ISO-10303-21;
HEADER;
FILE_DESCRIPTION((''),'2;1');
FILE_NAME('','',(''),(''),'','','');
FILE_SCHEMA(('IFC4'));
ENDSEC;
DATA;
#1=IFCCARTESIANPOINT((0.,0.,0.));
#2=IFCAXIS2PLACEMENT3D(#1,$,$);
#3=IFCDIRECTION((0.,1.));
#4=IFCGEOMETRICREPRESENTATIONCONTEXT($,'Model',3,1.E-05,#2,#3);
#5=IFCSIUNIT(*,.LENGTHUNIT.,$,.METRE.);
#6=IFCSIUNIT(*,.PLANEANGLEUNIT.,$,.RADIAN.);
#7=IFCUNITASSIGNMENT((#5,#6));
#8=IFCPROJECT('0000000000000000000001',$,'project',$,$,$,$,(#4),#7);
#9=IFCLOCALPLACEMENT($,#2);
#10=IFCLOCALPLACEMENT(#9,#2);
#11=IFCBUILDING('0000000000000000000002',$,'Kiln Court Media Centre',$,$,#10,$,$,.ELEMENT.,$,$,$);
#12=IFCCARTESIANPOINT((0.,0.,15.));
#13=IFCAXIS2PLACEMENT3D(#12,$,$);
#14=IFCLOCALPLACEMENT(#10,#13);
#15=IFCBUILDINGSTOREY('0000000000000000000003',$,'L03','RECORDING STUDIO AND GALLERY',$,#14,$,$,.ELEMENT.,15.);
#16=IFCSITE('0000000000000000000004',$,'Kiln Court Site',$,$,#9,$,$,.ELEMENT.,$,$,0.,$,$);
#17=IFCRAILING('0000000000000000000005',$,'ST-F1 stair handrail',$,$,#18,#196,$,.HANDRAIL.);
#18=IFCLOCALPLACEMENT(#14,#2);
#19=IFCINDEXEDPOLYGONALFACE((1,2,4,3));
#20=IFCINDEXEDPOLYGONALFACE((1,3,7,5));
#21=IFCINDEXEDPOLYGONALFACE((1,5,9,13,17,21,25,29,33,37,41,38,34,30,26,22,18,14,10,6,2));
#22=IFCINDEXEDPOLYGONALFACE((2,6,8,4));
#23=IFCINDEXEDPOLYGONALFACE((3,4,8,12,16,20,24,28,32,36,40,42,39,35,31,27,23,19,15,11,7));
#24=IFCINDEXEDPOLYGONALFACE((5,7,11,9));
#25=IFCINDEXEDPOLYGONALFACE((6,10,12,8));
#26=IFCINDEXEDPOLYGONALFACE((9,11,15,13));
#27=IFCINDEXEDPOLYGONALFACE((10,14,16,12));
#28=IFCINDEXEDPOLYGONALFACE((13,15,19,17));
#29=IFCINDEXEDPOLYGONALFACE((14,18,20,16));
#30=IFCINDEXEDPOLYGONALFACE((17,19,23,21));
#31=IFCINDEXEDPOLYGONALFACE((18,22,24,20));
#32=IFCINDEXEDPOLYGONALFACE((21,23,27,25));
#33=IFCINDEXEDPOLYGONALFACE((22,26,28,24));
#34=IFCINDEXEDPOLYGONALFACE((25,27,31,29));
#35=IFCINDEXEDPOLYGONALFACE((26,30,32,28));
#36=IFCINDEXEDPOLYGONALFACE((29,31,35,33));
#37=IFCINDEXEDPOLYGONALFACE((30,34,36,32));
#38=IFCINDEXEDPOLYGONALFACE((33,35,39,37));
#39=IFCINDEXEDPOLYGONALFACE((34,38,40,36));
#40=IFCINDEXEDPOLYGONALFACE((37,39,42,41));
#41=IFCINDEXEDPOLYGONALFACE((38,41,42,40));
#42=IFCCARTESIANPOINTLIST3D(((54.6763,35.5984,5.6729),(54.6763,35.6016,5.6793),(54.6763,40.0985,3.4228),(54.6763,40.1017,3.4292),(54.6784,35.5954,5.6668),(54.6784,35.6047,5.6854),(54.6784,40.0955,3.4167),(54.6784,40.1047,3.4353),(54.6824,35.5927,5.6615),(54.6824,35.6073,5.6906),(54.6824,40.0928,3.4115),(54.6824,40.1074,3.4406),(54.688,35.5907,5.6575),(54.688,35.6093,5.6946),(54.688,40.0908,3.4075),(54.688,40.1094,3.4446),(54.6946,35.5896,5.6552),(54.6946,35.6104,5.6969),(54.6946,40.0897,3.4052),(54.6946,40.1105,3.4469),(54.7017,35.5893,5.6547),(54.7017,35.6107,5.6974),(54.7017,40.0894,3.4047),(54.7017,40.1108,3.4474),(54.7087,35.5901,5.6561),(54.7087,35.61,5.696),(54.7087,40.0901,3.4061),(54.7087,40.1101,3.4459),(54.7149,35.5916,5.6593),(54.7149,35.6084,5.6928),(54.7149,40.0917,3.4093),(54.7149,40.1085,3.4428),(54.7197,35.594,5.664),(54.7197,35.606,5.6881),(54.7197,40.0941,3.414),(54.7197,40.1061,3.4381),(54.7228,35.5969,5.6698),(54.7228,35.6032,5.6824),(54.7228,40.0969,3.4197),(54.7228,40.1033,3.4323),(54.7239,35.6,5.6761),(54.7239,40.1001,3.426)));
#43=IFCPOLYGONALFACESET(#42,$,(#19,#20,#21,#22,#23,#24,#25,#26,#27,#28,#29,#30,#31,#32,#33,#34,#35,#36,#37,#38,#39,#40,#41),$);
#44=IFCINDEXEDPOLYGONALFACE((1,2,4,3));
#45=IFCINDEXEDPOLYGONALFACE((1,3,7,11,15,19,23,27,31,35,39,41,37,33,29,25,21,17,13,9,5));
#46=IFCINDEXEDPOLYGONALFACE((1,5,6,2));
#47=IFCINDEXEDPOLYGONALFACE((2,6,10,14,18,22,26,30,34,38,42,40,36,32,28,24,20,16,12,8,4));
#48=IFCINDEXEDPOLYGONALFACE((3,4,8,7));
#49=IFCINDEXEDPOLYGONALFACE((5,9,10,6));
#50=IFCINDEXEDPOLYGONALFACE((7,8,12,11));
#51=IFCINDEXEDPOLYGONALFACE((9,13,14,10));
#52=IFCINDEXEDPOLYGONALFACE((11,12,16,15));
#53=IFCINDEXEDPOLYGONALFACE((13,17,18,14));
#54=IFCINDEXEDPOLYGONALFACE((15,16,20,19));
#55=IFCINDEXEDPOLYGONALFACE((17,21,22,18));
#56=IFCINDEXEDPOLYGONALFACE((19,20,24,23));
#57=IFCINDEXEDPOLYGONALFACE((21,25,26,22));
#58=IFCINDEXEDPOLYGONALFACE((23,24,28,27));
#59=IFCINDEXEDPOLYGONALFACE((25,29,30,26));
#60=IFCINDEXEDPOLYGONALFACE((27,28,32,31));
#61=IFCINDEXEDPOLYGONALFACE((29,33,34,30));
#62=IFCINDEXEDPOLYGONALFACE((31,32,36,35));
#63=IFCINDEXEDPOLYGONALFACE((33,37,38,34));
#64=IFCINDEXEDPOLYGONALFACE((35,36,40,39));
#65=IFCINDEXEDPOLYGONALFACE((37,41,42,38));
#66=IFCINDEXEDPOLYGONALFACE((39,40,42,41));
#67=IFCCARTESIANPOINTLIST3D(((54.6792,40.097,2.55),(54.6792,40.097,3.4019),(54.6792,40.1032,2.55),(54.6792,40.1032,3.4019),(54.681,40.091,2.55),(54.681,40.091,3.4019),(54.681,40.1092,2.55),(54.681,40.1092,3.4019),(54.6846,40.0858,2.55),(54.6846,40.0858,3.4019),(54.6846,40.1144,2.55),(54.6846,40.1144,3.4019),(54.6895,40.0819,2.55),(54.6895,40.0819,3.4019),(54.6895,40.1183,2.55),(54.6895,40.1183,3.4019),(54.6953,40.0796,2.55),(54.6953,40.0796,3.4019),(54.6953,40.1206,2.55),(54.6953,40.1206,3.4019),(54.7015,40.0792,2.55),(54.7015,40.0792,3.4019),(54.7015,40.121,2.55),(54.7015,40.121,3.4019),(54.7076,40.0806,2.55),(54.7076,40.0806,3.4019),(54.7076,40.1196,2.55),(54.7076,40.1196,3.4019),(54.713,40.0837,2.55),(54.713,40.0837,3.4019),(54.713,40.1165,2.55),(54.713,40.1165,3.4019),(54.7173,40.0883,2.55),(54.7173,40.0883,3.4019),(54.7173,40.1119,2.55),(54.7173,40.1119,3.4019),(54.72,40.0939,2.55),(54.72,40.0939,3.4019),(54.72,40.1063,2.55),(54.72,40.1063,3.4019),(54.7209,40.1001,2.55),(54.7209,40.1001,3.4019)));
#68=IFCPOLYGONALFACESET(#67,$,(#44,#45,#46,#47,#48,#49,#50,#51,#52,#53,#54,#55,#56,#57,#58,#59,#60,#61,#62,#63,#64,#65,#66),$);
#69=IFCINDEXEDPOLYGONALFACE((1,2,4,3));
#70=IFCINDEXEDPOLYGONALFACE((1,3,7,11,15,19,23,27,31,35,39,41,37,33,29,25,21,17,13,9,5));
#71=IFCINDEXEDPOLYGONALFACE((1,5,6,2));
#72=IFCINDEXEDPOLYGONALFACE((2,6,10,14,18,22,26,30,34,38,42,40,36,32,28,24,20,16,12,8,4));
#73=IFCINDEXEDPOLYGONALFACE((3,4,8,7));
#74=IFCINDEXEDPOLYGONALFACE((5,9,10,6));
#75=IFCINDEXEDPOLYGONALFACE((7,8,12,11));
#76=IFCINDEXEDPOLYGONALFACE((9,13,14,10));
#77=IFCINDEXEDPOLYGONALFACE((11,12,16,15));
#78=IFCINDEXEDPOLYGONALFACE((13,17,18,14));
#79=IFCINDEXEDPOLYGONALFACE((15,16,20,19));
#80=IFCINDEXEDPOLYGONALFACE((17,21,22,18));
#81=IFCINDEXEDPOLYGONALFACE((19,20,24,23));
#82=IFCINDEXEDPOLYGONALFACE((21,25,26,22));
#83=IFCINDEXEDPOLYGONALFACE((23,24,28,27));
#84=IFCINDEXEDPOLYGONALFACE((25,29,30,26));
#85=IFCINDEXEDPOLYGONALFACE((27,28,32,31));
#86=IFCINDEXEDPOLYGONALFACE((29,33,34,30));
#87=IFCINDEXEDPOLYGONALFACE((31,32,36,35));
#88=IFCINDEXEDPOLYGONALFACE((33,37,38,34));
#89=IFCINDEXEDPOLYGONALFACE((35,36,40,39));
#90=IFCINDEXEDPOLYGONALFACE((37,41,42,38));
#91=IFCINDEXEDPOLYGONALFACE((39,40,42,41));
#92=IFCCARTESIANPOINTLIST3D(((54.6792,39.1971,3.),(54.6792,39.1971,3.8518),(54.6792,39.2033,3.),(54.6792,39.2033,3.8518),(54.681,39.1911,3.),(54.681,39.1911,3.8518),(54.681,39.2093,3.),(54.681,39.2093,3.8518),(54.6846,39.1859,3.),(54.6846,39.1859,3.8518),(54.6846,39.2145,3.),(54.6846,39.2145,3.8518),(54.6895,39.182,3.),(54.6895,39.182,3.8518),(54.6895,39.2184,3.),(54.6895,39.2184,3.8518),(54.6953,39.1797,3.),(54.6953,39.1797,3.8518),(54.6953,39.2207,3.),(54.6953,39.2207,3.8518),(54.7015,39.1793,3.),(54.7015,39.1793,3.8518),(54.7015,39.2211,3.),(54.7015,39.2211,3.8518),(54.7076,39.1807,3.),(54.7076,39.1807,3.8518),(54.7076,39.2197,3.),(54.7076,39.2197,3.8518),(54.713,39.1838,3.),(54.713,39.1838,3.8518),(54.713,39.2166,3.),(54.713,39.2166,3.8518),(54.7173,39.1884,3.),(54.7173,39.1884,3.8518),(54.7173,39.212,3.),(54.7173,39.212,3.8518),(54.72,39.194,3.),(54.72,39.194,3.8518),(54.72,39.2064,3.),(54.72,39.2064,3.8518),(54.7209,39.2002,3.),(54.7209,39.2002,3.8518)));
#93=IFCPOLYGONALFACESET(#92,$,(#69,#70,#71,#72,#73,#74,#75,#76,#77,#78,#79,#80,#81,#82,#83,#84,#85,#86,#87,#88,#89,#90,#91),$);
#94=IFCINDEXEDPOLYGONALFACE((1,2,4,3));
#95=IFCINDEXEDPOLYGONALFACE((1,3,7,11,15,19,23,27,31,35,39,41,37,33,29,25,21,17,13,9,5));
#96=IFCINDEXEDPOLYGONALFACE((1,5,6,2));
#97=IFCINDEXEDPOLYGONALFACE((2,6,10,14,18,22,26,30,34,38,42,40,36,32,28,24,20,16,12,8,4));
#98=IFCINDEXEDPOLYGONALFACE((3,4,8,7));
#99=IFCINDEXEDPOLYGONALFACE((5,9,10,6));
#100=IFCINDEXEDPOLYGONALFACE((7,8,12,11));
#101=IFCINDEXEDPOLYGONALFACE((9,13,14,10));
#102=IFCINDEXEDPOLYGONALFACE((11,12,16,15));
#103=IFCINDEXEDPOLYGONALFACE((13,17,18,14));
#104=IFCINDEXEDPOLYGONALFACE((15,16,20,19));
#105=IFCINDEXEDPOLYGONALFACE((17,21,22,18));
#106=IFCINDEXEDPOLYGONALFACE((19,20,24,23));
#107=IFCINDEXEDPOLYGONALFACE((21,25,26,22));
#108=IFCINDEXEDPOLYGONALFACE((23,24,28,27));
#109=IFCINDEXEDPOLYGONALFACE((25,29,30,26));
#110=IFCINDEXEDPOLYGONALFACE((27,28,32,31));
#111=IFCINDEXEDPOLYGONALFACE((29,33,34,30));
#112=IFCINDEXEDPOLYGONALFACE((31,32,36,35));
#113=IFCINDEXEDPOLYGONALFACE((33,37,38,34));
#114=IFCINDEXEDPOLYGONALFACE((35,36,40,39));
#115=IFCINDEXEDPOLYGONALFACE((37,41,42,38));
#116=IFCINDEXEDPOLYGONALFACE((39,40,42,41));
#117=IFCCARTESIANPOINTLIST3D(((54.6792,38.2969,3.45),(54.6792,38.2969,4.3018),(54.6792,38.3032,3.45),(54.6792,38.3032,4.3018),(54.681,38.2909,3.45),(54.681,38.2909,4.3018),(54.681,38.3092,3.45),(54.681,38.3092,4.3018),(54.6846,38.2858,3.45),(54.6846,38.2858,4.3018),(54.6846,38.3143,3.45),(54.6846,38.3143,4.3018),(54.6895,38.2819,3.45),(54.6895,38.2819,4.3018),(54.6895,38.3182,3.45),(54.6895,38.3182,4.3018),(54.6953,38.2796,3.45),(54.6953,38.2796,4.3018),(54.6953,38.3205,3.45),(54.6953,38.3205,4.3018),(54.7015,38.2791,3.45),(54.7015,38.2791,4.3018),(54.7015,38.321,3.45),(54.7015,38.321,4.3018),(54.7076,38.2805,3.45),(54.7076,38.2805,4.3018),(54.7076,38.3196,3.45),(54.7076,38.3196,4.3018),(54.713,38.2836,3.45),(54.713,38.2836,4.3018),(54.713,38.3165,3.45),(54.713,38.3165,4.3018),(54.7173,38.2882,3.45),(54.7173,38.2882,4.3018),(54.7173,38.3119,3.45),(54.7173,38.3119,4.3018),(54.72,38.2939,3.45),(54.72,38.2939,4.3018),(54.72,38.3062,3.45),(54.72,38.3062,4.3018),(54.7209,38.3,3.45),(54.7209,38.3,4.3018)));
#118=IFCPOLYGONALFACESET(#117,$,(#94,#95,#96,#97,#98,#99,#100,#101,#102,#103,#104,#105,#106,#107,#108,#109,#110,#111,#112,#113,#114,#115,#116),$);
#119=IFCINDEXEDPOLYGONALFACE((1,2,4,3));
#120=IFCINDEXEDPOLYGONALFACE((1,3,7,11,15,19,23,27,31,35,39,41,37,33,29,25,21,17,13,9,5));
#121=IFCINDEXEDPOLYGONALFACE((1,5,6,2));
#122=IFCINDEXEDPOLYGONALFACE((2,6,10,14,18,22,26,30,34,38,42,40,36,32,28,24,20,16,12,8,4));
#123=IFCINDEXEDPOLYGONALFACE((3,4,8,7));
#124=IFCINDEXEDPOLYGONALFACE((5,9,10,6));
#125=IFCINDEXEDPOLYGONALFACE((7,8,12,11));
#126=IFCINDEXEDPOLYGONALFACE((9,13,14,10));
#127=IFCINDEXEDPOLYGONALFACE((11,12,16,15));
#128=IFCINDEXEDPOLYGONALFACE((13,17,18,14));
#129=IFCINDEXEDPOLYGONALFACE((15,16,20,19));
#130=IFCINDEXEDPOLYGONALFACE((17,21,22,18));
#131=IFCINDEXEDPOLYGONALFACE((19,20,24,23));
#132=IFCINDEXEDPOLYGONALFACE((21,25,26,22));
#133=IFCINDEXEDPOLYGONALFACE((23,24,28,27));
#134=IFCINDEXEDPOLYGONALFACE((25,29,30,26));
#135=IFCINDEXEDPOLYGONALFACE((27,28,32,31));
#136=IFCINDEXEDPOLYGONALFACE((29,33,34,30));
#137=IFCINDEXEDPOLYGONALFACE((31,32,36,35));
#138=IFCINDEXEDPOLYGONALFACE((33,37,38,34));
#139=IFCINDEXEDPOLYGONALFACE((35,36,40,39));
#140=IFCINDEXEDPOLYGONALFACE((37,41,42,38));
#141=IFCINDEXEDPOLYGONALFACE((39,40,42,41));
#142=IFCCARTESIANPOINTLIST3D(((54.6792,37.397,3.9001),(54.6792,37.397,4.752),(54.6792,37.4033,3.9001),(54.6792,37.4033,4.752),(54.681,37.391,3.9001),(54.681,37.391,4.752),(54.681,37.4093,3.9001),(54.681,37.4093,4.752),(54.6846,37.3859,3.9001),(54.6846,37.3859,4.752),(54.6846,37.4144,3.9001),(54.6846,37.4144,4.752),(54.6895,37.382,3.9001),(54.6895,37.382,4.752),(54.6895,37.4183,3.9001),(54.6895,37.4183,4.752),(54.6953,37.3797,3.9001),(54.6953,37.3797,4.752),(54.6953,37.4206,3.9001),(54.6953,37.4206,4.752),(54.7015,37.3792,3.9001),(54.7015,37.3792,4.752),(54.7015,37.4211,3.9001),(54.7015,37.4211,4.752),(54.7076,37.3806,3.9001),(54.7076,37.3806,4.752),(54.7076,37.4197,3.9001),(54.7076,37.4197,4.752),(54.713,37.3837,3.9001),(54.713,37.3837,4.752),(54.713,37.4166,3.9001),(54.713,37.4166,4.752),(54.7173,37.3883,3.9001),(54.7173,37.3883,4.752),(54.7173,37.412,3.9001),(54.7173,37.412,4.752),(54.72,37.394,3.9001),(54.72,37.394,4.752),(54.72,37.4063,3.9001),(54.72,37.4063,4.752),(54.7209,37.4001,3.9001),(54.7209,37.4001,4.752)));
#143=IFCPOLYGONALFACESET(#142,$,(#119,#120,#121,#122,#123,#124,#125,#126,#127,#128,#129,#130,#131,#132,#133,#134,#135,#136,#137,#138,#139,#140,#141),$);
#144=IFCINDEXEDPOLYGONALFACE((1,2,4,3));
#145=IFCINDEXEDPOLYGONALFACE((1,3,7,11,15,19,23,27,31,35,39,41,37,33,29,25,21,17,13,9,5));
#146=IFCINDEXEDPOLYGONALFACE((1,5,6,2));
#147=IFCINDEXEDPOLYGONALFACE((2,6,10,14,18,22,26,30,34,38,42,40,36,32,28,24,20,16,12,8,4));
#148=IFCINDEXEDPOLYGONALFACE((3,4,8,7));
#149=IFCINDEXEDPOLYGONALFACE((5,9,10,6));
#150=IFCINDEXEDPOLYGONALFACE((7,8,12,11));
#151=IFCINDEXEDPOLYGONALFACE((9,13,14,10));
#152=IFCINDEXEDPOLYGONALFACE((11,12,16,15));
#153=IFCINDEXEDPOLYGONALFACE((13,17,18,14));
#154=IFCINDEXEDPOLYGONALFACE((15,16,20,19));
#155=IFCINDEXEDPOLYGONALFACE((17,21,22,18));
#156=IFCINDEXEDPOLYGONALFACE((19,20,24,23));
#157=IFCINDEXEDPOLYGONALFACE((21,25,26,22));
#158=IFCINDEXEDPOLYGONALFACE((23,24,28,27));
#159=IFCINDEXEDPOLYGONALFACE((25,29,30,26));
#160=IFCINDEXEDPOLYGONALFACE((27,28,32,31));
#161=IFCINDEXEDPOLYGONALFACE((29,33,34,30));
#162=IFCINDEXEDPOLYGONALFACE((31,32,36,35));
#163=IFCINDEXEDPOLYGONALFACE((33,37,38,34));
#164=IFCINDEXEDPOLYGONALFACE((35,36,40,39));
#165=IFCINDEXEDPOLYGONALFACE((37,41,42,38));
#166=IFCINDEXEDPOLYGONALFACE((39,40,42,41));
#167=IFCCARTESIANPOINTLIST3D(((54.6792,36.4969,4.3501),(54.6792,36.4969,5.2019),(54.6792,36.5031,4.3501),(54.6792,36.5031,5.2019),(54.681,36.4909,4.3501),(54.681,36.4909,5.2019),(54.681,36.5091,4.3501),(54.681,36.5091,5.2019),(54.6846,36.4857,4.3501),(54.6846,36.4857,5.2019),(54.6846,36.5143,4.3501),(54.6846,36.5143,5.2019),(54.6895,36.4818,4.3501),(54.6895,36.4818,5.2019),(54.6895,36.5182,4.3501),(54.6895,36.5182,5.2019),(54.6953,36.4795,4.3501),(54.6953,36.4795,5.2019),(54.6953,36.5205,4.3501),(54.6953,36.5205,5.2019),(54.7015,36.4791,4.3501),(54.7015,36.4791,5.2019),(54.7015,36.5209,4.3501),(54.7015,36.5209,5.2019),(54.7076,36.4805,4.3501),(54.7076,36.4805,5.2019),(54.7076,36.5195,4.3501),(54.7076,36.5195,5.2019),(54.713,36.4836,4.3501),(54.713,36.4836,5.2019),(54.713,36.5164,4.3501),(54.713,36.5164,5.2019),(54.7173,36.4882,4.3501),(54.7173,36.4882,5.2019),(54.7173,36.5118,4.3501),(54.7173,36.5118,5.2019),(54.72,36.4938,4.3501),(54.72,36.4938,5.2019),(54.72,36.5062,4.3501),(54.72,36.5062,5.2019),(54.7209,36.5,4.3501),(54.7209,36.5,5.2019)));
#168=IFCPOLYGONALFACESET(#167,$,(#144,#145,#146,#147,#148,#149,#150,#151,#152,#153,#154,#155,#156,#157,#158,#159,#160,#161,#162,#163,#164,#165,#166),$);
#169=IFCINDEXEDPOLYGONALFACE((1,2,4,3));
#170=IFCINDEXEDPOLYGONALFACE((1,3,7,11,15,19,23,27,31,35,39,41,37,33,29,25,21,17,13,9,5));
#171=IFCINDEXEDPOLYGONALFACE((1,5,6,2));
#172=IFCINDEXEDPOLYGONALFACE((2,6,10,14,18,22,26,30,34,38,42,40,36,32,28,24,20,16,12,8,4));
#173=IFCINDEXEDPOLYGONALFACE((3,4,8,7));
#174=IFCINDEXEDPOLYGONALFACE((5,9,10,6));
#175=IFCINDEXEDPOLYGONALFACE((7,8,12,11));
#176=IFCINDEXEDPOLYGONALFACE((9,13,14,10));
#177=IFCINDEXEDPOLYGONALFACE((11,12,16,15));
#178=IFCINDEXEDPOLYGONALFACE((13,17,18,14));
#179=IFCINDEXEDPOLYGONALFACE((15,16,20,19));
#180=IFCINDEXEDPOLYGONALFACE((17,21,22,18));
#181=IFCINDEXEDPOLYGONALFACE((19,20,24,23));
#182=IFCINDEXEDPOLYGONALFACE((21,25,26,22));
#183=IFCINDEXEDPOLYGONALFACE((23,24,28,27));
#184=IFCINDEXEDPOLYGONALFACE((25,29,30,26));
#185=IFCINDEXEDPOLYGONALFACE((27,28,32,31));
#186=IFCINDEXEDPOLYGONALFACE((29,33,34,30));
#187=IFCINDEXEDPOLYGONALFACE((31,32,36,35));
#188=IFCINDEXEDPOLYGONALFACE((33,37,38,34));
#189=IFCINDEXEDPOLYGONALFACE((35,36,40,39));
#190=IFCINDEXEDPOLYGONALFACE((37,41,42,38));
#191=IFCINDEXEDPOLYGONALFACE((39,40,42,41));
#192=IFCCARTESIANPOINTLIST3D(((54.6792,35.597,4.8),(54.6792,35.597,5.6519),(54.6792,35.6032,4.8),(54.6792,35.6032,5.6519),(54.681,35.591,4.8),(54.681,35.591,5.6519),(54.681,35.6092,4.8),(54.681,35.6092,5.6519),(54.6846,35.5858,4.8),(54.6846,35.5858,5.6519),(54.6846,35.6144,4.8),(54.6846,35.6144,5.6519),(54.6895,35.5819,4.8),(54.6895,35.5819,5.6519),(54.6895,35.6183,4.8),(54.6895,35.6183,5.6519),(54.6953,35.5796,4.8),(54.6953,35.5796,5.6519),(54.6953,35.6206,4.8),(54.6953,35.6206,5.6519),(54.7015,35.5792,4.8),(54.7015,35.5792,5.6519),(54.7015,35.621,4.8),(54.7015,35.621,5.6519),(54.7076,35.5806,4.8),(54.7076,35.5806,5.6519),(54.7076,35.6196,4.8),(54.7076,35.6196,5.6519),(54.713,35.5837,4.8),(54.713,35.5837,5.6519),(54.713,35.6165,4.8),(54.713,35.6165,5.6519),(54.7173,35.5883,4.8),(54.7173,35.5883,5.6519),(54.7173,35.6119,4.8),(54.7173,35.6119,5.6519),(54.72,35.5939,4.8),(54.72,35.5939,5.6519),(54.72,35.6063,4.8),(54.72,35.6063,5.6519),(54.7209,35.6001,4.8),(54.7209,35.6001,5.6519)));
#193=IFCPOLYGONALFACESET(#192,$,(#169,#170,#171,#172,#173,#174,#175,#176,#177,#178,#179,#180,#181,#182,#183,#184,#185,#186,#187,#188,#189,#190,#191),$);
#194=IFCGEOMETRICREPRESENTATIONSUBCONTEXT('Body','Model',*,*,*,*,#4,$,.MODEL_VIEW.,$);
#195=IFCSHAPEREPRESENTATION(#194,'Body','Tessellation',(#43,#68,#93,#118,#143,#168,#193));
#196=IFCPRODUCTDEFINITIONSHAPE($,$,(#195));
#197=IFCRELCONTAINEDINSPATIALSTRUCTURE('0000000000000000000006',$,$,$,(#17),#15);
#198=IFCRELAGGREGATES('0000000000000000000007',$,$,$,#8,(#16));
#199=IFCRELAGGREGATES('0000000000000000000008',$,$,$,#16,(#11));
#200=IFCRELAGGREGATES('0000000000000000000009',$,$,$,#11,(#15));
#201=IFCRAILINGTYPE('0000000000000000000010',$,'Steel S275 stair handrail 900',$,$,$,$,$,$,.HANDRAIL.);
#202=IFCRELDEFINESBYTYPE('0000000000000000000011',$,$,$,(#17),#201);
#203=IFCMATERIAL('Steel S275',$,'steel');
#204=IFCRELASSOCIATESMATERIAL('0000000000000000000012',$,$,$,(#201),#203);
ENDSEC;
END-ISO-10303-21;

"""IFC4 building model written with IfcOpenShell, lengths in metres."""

from ifc_helpers import new_model, si_unit, direction, frame, origin, origin_2d, place, context, subcontext, project, spatial, circle, extrude, material, type_object, element, save


model = new_model("IFC4")

# Units and contexts
model_context = context("Model", 3, precision=1e-05, world=origin(), true_north=direction((0.0, 1.0)))
body_context = subcontext(model_context, "Body", "Model", "MODEL_VIEW")
ifc_project = project(units=[si_unit("LENGTHUNIT", "METRE"), si_unit("PLANEANGLEUNIT", "RADIAN")], contexts=[model_context])

# Site, building, storey
site_placement = place(None, origin())
site = spatial("IfcSite", under=ifc_project, at=site_placement, Name="Kiln Court Site", CompositionType="ELEMENT", RefElevation=0.0)
building_placement = place(site_placement, origin())
building = spatial("IfcBuilding", under=site, at=building_placement, Name="Kiln Court Media Centre", CompositionType="ELEMENT")
storey_placement = place(building_placement, frame((0.0, 0.0, 15.0)))
storey = spatial("IfcBuildingStorey", under=building, at=storey_placement, Name="L03", Description="RECORDING STUDIO AND GALLERY", CompositionType="ELEMENT", Elevation=15.0)

# Railing
ifc_material_1 = material(Name="Steel S275", Category="steel")
railing_type_1 = type_object("IfcRailingType", Name="Steel S275 stair handrail 900", PredefinedType="HANDRAIL", material=ifc_material_1)
railing_1_placement = place(storey_placement, frame((54.7, 40.1001, 2.55)))
element("IfcRailing", 1, at=railing_1_placement, inside=storey, type_object=railing_type_1, Name="ST-F1 stair handrail", PredefinedType="HANDRAIL", context=body_context, shape_type="SweptSolid", body=[
    extrude(circle(Radius=0.0239, at=origin_2d()), frame((0.0, 0.0, 0.876), z_axis=(0.0, -0.894427, 0.447214), x_axis=(1.0, 0.0, 0.0)), (0.0, 0.0, 1.0), 5.0312),
    extrude(circle(Radius=0.021, at=origin_2d()), origin(), (0.0, 0.0, 1.0), 0.8518),
    extrude(circle(Radius=0.021, at=origin_2d()), frame((0.0, -0.8999, 0.45)), (0.0, 0.0, 1.0), 0.8518),
    extrude(circle(Radius=0.021, at=origin_2d()), frame((0.0, -1.8, 0.8999)), (0.0, 0.0, 1.0), 0.8518),
    extrude(circle(Radius=0.021, at=origin_2d()), frame((0.0, -2.7, 1.3501)), (0.0, 0.0, 1.0), 0.8518),
    extrude(circle(Radius=0.021, at=origin_2d()), frame((0.0, -3.6001, 1.8)), (0.0, 0.0, 1.0), 0.8518),
    extrude(circle(Radius=0.021, at=origin_2d()), frame((0.0, -4.5, 2.25)), (0.0, 0.0, 1.0), 0.8518),
])

save(model, "model.ifc")
